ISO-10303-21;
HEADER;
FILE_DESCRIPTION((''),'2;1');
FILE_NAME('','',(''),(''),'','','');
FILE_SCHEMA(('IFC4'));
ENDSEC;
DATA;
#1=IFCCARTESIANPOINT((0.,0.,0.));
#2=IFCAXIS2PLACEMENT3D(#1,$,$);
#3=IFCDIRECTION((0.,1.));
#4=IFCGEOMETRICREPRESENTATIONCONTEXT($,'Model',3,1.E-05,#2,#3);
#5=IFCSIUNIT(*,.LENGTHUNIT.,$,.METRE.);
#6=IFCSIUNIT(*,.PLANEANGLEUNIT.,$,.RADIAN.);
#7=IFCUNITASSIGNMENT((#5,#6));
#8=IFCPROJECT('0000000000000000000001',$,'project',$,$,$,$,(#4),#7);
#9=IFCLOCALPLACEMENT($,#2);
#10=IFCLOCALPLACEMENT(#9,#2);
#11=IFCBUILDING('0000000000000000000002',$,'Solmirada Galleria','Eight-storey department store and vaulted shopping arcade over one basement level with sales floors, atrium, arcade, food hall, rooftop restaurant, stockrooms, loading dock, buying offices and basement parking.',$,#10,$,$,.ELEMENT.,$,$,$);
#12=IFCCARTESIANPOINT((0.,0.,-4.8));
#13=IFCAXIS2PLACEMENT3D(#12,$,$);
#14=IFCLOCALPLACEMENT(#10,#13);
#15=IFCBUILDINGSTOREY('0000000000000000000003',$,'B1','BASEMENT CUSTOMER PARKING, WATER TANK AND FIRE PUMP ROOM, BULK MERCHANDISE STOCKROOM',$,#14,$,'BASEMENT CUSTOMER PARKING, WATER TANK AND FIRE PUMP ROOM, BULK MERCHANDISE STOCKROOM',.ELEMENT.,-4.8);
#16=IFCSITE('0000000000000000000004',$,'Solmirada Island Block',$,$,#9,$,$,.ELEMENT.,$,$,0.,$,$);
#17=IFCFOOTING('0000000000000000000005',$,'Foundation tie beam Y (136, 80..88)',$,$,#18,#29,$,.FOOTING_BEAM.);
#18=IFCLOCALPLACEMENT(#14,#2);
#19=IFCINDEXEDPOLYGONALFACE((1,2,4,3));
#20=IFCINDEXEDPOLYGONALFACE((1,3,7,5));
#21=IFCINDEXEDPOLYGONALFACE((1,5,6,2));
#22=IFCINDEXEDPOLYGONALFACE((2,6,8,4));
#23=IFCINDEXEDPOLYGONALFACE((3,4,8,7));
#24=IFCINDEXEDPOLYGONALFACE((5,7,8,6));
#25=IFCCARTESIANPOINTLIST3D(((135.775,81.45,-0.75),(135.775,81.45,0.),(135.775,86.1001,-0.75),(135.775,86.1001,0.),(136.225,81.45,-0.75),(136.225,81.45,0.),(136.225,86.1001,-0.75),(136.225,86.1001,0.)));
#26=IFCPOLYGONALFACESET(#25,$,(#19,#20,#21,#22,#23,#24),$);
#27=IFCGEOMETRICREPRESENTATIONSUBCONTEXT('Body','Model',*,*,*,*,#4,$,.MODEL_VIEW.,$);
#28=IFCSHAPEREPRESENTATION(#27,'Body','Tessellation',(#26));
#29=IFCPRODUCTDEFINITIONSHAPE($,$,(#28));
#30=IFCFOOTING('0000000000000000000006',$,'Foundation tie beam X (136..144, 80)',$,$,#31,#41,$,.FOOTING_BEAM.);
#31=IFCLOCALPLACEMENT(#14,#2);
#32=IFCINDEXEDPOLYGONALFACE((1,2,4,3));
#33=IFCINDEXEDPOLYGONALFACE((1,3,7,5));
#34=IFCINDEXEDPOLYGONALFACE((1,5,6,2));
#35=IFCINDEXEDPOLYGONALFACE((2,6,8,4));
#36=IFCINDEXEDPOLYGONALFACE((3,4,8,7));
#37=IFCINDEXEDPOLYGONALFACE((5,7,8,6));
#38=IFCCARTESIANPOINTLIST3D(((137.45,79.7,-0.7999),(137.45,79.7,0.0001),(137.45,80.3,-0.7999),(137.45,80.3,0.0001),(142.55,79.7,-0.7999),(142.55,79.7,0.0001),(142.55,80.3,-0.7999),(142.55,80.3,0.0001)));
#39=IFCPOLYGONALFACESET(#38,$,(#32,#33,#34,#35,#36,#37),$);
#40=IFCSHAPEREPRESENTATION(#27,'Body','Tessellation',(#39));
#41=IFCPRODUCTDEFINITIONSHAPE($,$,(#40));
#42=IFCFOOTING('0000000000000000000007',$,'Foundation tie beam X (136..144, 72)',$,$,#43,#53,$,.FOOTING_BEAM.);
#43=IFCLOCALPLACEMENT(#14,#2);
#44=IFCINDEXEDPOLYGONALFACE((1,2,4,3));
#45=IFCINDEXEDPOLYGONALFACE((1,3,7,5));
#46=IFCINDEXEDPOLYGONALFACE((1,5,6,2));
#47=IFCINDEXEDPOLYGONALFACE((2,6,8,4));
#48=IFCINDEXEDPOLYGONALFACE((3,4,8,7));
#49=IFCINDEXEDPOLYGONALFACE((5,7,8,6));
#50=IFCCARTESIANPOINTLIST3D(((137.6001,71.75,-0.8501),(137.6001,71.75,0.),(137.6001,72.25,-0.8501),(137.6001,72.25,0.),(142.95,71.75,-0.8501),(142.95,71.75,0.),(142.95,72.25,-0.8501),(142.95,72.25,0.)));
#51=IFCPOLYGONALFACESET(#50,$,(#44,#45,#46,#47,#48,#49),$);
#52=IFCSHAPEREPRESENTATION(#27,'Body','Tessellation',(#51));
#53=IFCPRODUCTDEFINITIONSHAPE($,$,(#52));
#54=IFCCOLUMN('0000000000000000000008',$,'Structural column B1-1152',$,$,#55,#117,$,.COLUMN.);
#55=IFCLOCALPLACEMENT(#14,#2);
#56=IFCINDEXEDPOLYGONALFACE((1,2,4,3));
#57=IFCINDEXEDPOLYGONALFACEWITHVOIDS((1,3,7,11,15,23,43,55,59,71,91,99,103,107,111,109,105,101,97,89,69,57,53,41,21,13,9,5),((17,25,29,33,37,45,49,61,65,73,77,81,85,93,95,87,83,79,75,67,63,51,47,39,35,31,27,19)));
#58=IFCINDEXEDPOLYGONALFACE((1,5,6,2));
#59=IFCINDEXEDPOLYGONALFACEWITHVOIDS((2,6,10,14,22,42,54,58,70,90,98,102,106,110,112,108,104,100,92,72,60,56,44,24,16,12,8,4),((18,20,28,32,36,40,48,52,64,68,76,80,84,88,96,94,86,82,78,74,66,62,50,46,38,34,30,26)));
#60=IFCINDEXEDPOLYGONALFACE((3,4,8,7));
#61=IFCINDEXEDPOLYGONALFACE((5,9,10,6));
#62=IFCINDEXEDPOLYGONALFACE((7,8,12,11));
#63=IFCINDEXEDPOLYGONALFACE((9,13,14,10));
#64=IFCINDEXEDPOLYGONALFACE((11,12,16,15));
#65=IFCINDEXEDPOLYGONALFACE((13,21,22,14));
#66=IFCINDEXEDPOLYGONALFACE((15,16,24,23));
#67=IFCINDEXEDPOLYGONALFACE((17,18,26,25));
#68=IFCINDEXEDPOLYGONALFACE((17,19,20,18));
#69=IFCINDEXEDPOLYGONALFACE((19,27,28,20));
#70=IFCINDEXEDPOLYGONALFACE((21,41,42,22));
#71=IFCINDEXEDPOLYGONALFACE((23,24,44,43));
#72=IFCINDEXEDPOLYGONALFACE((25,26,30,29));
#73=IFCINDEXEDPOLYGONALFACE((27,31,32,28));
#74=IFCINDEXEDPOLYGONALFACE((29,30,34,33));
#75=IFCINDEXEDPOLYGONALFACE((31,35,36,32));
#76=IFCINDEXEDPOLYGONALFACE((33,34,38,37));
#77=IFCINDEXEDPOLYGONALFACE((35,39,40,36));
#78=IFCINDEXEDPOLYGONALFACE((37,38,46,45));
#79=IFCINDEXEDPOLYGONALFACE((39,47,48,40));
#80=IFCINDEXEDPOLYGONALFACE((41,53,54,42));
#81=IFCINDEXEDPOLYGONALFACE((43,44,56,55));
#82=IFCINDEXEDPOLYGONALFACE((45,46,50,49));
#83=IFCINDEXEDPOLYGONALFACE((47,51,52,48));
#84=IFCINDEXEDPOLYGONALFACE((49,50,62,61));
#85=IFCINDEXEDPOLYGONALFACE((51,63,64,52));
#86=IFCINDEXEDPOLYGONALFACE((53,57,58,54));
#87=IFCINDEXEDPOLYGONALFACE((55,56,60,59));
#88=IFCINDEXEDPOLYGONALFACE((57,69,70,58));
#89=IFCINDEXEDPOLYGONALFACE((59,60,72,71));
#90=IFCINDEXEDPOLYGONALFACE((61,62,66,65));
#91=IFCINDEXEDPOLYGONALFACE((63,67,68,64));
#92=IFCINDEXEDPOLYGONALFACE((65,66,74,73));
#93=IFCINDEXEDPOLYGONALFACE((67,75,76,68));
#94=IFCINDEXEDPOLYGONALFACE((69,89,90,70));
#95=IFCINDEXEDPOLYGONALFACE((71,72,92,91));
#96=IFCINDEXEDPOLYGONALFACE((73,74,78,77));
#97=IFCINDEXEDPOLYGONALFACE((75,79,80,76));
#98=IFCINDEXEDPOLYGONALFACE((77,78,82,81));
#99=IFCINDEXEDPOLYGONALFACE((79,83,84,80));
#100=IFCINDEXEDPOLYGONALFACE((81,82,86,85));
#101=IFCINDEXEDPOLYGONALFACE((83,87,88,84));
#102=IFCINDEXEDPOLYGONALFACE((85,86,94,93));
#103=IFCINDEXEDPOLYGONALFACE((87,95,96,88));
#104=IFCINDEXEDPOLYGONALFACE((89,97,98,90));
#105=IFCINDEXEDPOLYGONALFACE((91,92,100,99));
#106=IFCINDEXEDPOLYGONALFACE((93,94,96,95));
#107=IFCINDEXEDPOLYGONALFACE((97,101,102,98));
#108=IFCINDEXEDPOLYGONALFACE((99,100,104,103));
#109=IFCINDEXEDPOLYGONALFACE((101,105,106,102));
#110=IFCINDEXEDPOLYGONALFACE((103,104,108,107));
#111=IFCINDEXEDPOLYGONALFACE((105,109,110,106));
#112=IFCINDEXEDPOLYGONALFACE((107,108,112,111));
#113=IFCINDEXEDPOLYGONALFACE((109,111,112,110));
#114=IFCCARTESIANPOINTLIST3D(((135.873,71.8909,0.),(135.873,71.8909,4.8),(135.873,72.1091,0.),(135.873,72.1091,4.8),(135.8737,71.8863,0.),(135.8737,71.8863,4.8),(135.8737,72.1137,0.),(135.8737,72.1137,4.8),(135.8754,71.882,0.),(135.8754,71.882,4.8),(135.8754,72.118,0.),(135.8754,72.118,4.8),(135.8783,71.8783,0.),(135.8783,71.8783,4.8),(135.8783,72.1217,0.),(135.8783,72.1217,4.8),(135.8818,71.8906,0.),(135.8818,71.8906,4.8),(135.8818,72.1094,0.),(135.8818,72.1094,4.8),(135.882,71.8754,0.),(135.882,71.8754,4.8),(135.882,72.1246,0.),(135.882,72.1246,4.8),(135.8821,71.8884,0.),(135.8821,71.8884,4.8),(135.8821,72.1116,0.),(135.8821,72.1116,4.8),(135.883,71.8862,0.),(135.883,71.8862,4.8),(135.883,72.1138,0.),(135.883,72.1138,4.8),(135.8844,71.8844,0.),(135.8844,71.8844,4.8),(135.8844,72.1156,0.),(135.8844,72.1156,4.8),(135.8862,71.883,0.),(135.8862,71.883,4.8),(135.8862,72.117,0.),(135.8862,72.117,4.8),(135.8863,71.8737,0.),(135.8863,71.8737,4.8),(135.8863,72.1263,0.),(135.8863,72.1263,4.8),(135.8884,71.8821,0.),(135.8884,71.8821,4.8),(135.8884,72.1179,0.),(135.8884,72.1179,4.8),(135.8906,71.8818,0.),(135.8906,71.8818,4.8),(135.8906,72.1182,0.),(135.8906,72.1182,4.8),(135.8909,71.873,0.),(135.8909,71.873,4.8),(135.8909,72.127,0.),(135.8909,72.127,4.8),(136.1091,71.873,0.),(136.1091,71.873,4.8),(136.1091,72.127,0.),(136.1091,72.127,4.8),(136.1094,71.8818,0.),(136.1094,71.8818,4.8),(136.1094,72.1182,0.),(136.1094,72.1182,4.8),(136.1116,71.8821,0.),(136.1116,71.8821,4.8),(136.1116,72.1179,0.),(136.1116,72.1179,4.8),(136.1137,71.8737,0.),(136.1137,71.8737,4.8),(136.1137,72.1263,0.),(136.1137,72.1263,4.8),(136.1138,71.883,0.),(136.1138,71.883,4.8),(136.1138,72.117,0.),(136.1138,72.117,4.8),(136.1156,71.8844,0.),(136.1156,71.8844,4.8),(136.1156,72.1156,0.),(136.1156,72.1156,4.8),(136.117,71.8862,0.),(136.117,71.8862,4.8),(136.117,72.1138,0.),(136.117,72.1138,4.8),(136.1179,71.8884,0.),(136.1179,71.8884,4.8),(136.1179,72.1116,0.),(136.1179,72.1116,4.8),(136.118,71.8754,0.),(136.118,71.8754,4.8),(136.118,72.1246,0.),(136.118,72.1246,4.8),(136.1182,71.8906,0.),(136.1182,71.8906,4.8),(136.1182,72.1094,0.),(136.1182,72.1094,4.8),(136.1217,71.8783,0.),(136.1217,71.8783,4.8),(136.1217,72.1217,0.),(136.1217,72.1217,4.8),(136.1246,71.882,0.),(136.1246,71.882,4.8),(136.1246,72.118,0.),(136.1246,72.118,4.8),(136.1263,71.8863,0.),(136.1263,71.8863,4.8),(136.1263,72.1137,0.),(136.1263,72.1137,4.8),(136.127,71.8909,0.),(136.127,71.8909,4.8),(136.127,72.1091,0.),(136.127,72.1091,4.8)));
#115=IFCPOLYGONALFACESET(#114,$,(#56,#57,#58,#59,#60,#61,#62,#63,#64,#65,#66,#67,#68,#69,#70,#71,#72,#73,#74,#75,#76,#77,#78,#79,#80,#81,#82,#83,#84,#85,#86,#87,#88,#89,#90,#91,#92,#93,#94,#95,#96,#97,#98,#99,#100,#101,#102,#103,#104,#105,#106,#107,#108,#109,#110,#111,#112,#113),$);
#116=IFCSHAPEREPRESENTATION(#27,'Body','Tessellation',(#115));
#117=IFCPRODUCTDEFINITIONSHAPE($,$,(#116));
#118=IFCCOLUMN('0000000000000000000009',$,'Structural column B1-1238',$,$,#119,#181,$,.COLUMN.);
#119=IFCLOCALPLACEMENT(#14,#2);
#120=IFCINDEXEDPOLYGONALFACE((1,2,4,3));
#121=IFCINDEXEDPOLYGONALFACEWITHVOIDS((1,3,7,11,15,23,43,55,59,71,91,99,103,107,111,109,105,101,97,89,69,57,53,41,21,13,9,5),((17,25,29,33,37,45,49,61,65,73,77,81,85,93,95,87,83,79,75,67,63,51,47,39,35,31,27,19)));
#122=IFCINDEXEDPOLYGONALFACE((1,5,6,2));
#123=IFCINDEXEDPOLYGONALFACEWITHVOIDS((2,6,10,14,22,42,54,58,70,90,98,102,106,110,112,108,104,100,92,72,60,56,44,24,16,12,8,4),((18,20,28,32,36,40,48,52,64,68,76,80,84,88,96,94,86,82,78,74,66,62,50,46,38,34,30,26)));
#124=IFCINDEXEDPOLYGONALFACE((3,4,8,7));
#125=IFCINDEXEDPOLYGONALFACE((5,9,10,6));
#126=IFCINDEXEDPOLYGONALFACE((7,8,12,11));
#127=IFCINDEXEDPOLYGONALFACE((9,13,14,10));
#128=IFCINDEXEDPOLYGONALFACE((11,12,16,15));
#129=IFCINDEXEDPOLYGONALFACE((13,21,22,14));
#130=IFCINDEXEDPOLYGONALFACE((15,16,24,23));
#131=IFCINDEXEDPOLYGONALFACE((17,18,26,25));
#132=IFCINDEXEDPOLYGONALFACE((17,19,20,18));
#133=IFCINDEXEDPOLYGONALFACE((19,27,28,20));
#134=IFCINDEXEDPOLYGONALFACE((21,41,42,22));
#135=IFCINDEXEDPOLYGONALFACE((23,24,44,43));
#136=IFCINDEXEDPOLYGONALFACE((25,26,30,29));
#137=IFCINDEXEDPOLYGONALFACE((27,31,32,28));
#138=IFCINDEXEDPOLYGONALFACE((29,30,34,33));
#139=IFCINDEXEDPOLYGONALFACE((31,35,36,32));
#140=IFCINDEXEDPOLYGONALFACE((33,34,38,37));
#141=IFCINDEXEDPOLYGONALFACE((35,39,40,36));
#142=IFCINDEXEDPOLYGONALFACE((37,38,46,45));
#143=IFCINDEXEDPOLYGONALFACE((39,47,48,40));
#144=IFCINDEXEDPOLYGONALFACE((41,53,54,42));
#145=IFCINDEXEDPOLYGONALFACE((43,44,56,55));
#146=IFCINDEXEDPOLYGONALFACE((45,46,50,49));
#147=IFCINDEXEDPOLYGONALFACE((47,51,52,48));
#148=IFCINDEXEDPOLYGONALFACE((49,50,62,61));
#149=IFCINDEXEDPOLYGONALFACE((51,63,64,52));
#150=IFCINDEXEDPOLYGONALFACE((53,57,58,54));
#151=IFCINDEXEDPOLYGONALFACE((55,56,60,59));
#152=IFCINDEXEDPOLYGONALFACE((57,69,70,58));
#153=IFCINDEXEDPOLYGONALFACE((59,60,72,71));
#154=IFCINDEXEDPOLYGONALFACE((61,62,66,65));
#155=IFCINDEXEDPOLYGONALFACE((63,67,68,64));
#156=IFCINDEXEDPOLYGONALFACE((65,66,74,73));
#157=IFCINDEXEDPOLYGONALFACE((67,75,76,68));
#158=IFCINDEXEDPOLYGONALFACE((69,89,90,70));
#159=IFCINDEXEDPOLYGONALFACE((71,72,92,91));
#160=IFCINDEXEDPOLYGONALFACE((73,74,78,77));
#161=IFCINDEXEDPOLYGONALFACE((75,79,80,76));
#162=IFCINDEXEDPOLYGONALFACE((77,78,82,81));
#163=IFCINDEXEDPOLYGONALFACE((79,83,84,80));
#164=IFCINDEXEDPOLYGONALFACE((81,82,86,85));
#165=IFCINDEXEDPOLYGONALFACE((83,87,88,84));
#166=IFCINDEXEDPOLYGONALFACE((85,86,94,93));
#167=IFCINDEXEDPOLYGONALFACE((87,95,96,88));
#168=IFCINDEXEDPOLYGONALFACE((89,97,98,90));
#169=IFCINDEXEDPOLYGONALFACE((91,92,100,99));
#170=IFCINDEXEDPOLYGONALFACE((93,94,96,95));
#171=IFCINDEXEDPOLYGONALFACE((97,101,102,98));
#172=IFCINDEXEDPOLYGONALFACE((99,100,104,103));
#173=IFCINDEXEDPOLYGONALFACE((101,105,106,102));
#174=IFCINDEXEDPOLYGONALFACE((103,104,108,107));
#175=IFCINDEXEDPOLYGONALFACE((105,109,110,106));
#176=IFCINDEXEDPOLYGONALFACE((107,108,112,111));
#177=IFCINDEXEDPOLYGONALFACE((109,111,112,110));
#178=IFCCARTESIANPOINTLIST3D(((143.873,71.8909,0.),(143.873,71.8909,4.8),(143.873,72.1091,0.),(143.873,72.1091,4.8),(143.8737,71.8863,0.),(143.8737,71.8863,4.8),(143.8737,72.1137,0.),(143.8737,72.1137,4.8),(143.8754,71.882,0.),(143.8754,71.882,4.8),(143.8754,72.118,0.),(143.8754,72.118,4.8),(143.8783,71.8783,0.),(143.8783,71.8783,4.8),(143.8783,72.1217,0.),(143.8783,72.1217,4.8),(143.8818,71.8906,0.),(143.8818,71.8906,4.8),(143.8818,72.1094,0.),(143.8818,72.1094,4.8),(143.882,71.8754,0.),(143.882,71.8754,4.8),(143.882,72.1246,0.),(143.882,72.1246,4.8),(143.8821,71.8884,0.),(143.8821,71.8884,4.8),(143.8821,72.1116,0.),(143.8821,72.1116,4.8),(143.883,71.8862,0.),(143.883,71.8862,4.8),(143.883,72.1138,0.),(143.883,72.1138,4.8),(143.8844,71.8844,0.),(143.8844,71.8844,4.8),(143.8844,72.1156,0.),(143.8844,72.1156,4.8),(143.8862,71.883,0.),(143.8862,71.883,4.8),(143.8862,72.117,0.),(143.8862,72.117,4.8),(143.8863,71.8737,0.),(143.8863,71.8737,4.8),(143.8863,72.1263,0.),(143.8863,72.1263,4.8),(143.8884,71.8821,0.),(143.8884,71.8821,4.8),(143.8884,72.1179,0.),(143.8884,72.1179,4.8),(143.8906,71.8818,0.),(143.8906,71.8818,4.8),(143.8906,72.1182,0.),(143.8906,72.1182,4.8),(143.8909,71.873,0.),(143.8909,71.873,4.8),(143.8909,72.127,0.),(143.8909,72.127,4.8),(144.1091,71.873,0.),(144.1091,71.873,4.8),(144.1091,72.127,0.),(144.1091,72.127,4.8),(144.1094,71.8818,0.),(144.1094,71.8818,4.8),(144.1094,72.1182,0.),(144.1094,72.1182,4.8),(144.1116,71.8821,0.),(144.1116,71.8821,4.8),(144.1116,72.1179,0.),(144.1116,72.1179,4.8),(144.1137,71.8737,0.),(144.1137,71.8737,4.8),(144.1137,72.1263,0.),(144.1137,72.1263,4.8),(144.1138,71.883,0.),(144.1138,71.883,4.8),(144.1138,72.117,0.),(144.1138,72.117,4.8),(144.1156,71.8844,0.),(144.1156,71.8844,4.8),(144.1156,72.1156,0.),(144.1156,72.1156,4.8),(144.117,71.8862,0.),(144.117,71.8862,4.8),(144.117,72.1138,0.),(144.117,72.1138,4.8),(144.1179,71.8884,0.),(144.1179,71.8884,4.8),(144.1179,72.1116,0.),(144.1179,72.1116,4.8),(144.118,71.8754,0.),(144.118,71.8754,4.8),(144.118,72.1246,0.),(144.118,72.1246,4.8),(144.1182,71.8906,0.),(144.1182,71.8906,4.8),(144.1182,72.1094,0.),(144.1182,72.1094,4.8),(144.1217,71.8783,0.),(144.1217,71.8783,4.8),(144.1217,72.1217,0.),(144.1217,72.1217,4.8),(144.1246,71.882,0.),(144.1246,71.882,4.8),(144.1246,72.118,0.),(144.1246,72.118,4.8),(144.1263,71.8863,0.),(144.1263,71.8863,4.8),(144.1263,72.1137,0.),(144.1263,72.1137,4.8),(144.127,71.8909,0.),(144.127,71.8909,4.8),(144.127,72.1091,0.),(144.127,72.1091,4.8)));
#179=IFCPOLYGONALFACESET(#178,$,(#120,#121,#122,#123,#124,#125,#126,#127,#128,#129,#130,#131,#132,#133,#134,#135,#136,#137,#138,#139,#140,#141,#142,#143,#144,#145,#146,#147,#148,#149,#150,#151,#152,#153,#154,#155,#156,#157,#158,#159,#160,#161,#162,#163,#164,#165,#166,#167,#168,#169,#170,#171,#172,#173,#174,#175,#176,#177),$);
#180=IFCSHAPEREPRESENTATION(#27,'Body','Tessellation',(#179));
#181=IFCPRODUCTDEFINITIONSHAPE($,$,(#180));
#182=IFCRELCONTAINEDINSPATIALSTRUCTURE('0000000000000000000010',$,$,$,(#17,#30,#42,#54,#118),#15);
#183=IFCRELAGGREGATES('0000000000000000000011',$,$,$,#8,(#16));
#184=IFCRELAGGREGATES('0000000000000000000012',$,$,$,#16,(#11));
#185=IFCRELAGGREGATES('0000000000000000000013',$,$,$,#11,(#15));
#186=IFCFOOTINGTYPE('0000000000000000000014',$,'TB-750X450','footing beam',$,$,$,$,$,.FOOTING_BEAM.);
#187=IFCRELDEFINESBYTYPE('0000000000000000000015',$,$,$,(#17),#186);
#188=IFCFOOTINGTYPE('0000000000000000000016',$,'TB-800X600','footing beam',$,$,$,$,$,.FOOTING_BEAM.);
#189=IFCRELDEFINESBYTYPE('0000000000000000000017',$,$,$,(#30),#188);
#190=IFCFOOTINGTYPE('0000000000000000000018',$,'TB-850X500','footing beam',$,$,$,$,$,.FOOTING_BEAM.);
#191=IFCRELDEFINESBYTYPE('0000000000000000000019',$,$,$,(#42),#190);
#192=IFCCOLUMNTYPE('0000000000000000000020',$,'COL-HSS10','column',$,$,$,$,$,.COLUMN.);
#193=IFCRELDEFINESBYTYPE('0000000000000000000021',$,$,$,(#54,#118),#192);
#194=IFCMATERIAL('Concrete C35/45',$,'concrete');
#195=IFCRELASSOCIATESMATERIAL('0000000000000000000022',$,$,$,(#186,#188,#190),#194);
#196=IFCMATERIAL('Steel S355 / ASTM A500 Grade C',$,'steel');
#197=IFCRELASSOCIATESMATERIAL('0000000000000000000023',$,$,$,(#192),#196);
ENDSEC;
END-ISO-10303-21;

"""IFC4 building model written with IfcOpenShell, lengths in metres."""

from ifc_helpers import new_model, si_unit, direction, frame, origin, origin_2d, place, context, subcontext, project, spatial, rectangle, hollow_rectangle, extrude, material, material_profile, profile_set, type_object, element, save


model = new_model("IFC4")

# Units and contexts
model_context = context("Model", 3, precision=1e-05, world=origin(), true_north=direction((0.0, 1.0)))
body_context = subcontext(model_context, "Body", "Model", "MODEL_VIEW")
ifc_project = project(units=[si_unit("LENGTHUNIT", "METRE"), si_unit("PLANEANGLEUNIT", "RADIAN")], contexts=[model_context])

# Site, building, storey
site_placement = place(None, origin())
site = spatial("IfcSite", under=ifc_project, at=site_placement, Name="Solmirada Island Block", CompositionType="ELEMENT", RefElevation=0.0)
building_placement = place(site_placement, origin())
building = spatial("IfcBuilding", under=site, at=building_placement, Name="Solmirada Galleria", Description="Eight-storey department store and vaulted shopping arcade over one basement level with sales floors, atrium, arcade, food hall, rooftop restaurant, stockrooms, loading dock, buying offices and basement parking.", CompositionType="ELEMENT")
storey_placement = place(building_placement, frame((0.0, 0.0, -4.8)))
storey = spatial("IfcBuildingStorey", under=building, at=storey_placement, Name="B1", Description="BASEMENT CUSTOMER PARKING, WATER TANK AND FIRE PUMP ROOM, BULK MERCHANDISE STOCKROOM", LongName="BASEMENT CUSTOMER PARKING, WATER TANK AND FIRE PUMP ROOM, BULK MERCHANDISE STOCKROOM", CompositionType="ELEMENT", Elevation=-4.8)

# Shared definitions
ifc_material_1 = material(Name="Concrete C35/45", Category="concrete")

# Footings
ifc_material_profile_1 = material_profile(ifc_material_1, rectangle(XDim=0.45, YDim=0.75, at=origin_2d()), Name="RC750X450")
ifc_profile_set_1 = profile_set([ifc_material_profile_1], Name="Concrete C35/45")
footing_type_1 = type_object("IfcFootingType", Name="TB-750X450", Description="footing beam", PredefinedType="FOOTING_BEAM", material=ifc_profile_set_1)
footing_1_placement = place(storey_placement, frame((136.0, 81.45, -0.375), z_axis=(0.0, 1.0, 0.0), x_axis=(-1.0, 0.0, 0.0)))
element("IfcFooting", 1, at=footing_1_placement, inside=storey, type_object=footing_type_1, Name="Foundation tie beam Y (136, 80..88)", PredefinedType="FOOTING_BEAM", context=body_context, shape_type="SweptSolid", body=[
    extrude(rectangle(XDim=0.45, YDim=0.75, at=origin_2d()), origin(), (0.0, 0.0, 1.0), 4.6501),
])
ifc_material_profile_2 = material_profile(ifc_material_1, rectangle(XDim=0.6001, YDim=0.8, at=origin_2d()), Name="RC800X600")
ifc_profile_set_2 = profile_set([ifc_material_profile_2], Name="Concrete C35/45")
footing_type_2 = type_object("IfcFootingType", Name="TB-800X600", Description="footing beam", PredefinedType="FOOTING_BEAM", material=ifc_profile_set_2)
footing_2_placement = place(storey_placement, frame((137.45, 80.0, -0.3999), z_axis=(1.0, 0.0, 0.0), x_axis=(0.0, 1.0, 0.0)))
element("IfcFooting", 2, at=footing_2_placement, inside=storey, type_object=footing_type_2, Name="Foundation tie beam X (136..144, 80)", PredefinedType="FOOTING_BEAM", context=body_context, shape_type="SweptSolid", body=[
    extrude(rectangle(XDim=0.6001, YDim=0.8, at=origin_2d()), origin(), (0.0, 0.0, 1.0), 5.1001),
])
ifc_material_profile_3 = material_profile(ifc_material_1, rectangle(XDim=0.5, YDim=0.8501, at=origin_2d()), Name="RC850X500")
ifc_profile_set_3 = profile_set([ifc_material_profile_3], Name="Concrete C35/45")
footing_type_3 = type_object("IfcFootingType", Name="TB-850X500", Description="footing beam", PredefinedType="FOOTING_BEAM", material=ifc_profile_set_3)
footing_3_placement = place(storey_placement, frame((137.6001, 72.0, -0.425), z_axis=(1.0, 0.0, 0.0), x_axis=(0.0, 1.0, 0.0)))
element("IfcFooting", 3, at=footing_3_placement, inside=storey, type_object=footing_type_3, Name="Foundation tie beam X (136..144, 72)", PredefinedType="FOOTING_BEAM", context=body_context, shape_type="SweptSolid", body=[
    extrude(rectangle(XDim=0.5, YDim=0.8501, at=origin_2d()), origin(), (0.0, 0.0, 1.0), 5.3499),
])

# Columns
ifc_material_2 = material(Name="Steel S355 / ASTM A500 Grade C", Category="steel")
ifc_material_profile_4 = material_profile(ifc_material_2, hollow_rectangle(XDim=0.2539, YDim=0.2539, WallThickness=0.0088, InnerFilletRadius=0.0088, OuterFilletRadius=0.0178, at=origin_2d()), Name="HSS10X10X3/8")
ifc_profile_set_4 = profile_set([ifc_material_profile_4], Name="Steel S355 / ASTM A500 Grade C")
column_type_1 = type_object("IfcColumnType", Name="COL-HSS10", Description="column", PredefinedType="COLUMN", material=ifc_profile_set_4)
for number, where, z_axis, x_axis, name in (
    (4, (136.0, 72.0, 0.0), (0.0, 0.0, 1.0), (1.0, 0.0, 0.0), "Structural column B1-1152"),
    (5, (144.0, 72.0, 0.0), (0.0, 0.0, 1.0), (1.0, 0.0, 0.0), "Structural column B1-1238"),
):
    element("IfcColumn", number, at=place(storey_placement, frame(where, z_axis=z_axis, x_axis=x_axis)), inside=storey, type_object=column_type_1, Name=name, PredefinedType="COLUMN", context=body_context, shape_type="SweptSolid", body=[
        extrude(hollow_rectangle(XDim=0.2539, YDim=0.2539, WallThickness=0.0088, InnerFilletRadius=0.0088, OuterFilletRadius=0.0178, at=origin_2d()), origin(), (0.0, 0.0, 1.0), 4.8),
    ])

save(model, "model.ifc")
